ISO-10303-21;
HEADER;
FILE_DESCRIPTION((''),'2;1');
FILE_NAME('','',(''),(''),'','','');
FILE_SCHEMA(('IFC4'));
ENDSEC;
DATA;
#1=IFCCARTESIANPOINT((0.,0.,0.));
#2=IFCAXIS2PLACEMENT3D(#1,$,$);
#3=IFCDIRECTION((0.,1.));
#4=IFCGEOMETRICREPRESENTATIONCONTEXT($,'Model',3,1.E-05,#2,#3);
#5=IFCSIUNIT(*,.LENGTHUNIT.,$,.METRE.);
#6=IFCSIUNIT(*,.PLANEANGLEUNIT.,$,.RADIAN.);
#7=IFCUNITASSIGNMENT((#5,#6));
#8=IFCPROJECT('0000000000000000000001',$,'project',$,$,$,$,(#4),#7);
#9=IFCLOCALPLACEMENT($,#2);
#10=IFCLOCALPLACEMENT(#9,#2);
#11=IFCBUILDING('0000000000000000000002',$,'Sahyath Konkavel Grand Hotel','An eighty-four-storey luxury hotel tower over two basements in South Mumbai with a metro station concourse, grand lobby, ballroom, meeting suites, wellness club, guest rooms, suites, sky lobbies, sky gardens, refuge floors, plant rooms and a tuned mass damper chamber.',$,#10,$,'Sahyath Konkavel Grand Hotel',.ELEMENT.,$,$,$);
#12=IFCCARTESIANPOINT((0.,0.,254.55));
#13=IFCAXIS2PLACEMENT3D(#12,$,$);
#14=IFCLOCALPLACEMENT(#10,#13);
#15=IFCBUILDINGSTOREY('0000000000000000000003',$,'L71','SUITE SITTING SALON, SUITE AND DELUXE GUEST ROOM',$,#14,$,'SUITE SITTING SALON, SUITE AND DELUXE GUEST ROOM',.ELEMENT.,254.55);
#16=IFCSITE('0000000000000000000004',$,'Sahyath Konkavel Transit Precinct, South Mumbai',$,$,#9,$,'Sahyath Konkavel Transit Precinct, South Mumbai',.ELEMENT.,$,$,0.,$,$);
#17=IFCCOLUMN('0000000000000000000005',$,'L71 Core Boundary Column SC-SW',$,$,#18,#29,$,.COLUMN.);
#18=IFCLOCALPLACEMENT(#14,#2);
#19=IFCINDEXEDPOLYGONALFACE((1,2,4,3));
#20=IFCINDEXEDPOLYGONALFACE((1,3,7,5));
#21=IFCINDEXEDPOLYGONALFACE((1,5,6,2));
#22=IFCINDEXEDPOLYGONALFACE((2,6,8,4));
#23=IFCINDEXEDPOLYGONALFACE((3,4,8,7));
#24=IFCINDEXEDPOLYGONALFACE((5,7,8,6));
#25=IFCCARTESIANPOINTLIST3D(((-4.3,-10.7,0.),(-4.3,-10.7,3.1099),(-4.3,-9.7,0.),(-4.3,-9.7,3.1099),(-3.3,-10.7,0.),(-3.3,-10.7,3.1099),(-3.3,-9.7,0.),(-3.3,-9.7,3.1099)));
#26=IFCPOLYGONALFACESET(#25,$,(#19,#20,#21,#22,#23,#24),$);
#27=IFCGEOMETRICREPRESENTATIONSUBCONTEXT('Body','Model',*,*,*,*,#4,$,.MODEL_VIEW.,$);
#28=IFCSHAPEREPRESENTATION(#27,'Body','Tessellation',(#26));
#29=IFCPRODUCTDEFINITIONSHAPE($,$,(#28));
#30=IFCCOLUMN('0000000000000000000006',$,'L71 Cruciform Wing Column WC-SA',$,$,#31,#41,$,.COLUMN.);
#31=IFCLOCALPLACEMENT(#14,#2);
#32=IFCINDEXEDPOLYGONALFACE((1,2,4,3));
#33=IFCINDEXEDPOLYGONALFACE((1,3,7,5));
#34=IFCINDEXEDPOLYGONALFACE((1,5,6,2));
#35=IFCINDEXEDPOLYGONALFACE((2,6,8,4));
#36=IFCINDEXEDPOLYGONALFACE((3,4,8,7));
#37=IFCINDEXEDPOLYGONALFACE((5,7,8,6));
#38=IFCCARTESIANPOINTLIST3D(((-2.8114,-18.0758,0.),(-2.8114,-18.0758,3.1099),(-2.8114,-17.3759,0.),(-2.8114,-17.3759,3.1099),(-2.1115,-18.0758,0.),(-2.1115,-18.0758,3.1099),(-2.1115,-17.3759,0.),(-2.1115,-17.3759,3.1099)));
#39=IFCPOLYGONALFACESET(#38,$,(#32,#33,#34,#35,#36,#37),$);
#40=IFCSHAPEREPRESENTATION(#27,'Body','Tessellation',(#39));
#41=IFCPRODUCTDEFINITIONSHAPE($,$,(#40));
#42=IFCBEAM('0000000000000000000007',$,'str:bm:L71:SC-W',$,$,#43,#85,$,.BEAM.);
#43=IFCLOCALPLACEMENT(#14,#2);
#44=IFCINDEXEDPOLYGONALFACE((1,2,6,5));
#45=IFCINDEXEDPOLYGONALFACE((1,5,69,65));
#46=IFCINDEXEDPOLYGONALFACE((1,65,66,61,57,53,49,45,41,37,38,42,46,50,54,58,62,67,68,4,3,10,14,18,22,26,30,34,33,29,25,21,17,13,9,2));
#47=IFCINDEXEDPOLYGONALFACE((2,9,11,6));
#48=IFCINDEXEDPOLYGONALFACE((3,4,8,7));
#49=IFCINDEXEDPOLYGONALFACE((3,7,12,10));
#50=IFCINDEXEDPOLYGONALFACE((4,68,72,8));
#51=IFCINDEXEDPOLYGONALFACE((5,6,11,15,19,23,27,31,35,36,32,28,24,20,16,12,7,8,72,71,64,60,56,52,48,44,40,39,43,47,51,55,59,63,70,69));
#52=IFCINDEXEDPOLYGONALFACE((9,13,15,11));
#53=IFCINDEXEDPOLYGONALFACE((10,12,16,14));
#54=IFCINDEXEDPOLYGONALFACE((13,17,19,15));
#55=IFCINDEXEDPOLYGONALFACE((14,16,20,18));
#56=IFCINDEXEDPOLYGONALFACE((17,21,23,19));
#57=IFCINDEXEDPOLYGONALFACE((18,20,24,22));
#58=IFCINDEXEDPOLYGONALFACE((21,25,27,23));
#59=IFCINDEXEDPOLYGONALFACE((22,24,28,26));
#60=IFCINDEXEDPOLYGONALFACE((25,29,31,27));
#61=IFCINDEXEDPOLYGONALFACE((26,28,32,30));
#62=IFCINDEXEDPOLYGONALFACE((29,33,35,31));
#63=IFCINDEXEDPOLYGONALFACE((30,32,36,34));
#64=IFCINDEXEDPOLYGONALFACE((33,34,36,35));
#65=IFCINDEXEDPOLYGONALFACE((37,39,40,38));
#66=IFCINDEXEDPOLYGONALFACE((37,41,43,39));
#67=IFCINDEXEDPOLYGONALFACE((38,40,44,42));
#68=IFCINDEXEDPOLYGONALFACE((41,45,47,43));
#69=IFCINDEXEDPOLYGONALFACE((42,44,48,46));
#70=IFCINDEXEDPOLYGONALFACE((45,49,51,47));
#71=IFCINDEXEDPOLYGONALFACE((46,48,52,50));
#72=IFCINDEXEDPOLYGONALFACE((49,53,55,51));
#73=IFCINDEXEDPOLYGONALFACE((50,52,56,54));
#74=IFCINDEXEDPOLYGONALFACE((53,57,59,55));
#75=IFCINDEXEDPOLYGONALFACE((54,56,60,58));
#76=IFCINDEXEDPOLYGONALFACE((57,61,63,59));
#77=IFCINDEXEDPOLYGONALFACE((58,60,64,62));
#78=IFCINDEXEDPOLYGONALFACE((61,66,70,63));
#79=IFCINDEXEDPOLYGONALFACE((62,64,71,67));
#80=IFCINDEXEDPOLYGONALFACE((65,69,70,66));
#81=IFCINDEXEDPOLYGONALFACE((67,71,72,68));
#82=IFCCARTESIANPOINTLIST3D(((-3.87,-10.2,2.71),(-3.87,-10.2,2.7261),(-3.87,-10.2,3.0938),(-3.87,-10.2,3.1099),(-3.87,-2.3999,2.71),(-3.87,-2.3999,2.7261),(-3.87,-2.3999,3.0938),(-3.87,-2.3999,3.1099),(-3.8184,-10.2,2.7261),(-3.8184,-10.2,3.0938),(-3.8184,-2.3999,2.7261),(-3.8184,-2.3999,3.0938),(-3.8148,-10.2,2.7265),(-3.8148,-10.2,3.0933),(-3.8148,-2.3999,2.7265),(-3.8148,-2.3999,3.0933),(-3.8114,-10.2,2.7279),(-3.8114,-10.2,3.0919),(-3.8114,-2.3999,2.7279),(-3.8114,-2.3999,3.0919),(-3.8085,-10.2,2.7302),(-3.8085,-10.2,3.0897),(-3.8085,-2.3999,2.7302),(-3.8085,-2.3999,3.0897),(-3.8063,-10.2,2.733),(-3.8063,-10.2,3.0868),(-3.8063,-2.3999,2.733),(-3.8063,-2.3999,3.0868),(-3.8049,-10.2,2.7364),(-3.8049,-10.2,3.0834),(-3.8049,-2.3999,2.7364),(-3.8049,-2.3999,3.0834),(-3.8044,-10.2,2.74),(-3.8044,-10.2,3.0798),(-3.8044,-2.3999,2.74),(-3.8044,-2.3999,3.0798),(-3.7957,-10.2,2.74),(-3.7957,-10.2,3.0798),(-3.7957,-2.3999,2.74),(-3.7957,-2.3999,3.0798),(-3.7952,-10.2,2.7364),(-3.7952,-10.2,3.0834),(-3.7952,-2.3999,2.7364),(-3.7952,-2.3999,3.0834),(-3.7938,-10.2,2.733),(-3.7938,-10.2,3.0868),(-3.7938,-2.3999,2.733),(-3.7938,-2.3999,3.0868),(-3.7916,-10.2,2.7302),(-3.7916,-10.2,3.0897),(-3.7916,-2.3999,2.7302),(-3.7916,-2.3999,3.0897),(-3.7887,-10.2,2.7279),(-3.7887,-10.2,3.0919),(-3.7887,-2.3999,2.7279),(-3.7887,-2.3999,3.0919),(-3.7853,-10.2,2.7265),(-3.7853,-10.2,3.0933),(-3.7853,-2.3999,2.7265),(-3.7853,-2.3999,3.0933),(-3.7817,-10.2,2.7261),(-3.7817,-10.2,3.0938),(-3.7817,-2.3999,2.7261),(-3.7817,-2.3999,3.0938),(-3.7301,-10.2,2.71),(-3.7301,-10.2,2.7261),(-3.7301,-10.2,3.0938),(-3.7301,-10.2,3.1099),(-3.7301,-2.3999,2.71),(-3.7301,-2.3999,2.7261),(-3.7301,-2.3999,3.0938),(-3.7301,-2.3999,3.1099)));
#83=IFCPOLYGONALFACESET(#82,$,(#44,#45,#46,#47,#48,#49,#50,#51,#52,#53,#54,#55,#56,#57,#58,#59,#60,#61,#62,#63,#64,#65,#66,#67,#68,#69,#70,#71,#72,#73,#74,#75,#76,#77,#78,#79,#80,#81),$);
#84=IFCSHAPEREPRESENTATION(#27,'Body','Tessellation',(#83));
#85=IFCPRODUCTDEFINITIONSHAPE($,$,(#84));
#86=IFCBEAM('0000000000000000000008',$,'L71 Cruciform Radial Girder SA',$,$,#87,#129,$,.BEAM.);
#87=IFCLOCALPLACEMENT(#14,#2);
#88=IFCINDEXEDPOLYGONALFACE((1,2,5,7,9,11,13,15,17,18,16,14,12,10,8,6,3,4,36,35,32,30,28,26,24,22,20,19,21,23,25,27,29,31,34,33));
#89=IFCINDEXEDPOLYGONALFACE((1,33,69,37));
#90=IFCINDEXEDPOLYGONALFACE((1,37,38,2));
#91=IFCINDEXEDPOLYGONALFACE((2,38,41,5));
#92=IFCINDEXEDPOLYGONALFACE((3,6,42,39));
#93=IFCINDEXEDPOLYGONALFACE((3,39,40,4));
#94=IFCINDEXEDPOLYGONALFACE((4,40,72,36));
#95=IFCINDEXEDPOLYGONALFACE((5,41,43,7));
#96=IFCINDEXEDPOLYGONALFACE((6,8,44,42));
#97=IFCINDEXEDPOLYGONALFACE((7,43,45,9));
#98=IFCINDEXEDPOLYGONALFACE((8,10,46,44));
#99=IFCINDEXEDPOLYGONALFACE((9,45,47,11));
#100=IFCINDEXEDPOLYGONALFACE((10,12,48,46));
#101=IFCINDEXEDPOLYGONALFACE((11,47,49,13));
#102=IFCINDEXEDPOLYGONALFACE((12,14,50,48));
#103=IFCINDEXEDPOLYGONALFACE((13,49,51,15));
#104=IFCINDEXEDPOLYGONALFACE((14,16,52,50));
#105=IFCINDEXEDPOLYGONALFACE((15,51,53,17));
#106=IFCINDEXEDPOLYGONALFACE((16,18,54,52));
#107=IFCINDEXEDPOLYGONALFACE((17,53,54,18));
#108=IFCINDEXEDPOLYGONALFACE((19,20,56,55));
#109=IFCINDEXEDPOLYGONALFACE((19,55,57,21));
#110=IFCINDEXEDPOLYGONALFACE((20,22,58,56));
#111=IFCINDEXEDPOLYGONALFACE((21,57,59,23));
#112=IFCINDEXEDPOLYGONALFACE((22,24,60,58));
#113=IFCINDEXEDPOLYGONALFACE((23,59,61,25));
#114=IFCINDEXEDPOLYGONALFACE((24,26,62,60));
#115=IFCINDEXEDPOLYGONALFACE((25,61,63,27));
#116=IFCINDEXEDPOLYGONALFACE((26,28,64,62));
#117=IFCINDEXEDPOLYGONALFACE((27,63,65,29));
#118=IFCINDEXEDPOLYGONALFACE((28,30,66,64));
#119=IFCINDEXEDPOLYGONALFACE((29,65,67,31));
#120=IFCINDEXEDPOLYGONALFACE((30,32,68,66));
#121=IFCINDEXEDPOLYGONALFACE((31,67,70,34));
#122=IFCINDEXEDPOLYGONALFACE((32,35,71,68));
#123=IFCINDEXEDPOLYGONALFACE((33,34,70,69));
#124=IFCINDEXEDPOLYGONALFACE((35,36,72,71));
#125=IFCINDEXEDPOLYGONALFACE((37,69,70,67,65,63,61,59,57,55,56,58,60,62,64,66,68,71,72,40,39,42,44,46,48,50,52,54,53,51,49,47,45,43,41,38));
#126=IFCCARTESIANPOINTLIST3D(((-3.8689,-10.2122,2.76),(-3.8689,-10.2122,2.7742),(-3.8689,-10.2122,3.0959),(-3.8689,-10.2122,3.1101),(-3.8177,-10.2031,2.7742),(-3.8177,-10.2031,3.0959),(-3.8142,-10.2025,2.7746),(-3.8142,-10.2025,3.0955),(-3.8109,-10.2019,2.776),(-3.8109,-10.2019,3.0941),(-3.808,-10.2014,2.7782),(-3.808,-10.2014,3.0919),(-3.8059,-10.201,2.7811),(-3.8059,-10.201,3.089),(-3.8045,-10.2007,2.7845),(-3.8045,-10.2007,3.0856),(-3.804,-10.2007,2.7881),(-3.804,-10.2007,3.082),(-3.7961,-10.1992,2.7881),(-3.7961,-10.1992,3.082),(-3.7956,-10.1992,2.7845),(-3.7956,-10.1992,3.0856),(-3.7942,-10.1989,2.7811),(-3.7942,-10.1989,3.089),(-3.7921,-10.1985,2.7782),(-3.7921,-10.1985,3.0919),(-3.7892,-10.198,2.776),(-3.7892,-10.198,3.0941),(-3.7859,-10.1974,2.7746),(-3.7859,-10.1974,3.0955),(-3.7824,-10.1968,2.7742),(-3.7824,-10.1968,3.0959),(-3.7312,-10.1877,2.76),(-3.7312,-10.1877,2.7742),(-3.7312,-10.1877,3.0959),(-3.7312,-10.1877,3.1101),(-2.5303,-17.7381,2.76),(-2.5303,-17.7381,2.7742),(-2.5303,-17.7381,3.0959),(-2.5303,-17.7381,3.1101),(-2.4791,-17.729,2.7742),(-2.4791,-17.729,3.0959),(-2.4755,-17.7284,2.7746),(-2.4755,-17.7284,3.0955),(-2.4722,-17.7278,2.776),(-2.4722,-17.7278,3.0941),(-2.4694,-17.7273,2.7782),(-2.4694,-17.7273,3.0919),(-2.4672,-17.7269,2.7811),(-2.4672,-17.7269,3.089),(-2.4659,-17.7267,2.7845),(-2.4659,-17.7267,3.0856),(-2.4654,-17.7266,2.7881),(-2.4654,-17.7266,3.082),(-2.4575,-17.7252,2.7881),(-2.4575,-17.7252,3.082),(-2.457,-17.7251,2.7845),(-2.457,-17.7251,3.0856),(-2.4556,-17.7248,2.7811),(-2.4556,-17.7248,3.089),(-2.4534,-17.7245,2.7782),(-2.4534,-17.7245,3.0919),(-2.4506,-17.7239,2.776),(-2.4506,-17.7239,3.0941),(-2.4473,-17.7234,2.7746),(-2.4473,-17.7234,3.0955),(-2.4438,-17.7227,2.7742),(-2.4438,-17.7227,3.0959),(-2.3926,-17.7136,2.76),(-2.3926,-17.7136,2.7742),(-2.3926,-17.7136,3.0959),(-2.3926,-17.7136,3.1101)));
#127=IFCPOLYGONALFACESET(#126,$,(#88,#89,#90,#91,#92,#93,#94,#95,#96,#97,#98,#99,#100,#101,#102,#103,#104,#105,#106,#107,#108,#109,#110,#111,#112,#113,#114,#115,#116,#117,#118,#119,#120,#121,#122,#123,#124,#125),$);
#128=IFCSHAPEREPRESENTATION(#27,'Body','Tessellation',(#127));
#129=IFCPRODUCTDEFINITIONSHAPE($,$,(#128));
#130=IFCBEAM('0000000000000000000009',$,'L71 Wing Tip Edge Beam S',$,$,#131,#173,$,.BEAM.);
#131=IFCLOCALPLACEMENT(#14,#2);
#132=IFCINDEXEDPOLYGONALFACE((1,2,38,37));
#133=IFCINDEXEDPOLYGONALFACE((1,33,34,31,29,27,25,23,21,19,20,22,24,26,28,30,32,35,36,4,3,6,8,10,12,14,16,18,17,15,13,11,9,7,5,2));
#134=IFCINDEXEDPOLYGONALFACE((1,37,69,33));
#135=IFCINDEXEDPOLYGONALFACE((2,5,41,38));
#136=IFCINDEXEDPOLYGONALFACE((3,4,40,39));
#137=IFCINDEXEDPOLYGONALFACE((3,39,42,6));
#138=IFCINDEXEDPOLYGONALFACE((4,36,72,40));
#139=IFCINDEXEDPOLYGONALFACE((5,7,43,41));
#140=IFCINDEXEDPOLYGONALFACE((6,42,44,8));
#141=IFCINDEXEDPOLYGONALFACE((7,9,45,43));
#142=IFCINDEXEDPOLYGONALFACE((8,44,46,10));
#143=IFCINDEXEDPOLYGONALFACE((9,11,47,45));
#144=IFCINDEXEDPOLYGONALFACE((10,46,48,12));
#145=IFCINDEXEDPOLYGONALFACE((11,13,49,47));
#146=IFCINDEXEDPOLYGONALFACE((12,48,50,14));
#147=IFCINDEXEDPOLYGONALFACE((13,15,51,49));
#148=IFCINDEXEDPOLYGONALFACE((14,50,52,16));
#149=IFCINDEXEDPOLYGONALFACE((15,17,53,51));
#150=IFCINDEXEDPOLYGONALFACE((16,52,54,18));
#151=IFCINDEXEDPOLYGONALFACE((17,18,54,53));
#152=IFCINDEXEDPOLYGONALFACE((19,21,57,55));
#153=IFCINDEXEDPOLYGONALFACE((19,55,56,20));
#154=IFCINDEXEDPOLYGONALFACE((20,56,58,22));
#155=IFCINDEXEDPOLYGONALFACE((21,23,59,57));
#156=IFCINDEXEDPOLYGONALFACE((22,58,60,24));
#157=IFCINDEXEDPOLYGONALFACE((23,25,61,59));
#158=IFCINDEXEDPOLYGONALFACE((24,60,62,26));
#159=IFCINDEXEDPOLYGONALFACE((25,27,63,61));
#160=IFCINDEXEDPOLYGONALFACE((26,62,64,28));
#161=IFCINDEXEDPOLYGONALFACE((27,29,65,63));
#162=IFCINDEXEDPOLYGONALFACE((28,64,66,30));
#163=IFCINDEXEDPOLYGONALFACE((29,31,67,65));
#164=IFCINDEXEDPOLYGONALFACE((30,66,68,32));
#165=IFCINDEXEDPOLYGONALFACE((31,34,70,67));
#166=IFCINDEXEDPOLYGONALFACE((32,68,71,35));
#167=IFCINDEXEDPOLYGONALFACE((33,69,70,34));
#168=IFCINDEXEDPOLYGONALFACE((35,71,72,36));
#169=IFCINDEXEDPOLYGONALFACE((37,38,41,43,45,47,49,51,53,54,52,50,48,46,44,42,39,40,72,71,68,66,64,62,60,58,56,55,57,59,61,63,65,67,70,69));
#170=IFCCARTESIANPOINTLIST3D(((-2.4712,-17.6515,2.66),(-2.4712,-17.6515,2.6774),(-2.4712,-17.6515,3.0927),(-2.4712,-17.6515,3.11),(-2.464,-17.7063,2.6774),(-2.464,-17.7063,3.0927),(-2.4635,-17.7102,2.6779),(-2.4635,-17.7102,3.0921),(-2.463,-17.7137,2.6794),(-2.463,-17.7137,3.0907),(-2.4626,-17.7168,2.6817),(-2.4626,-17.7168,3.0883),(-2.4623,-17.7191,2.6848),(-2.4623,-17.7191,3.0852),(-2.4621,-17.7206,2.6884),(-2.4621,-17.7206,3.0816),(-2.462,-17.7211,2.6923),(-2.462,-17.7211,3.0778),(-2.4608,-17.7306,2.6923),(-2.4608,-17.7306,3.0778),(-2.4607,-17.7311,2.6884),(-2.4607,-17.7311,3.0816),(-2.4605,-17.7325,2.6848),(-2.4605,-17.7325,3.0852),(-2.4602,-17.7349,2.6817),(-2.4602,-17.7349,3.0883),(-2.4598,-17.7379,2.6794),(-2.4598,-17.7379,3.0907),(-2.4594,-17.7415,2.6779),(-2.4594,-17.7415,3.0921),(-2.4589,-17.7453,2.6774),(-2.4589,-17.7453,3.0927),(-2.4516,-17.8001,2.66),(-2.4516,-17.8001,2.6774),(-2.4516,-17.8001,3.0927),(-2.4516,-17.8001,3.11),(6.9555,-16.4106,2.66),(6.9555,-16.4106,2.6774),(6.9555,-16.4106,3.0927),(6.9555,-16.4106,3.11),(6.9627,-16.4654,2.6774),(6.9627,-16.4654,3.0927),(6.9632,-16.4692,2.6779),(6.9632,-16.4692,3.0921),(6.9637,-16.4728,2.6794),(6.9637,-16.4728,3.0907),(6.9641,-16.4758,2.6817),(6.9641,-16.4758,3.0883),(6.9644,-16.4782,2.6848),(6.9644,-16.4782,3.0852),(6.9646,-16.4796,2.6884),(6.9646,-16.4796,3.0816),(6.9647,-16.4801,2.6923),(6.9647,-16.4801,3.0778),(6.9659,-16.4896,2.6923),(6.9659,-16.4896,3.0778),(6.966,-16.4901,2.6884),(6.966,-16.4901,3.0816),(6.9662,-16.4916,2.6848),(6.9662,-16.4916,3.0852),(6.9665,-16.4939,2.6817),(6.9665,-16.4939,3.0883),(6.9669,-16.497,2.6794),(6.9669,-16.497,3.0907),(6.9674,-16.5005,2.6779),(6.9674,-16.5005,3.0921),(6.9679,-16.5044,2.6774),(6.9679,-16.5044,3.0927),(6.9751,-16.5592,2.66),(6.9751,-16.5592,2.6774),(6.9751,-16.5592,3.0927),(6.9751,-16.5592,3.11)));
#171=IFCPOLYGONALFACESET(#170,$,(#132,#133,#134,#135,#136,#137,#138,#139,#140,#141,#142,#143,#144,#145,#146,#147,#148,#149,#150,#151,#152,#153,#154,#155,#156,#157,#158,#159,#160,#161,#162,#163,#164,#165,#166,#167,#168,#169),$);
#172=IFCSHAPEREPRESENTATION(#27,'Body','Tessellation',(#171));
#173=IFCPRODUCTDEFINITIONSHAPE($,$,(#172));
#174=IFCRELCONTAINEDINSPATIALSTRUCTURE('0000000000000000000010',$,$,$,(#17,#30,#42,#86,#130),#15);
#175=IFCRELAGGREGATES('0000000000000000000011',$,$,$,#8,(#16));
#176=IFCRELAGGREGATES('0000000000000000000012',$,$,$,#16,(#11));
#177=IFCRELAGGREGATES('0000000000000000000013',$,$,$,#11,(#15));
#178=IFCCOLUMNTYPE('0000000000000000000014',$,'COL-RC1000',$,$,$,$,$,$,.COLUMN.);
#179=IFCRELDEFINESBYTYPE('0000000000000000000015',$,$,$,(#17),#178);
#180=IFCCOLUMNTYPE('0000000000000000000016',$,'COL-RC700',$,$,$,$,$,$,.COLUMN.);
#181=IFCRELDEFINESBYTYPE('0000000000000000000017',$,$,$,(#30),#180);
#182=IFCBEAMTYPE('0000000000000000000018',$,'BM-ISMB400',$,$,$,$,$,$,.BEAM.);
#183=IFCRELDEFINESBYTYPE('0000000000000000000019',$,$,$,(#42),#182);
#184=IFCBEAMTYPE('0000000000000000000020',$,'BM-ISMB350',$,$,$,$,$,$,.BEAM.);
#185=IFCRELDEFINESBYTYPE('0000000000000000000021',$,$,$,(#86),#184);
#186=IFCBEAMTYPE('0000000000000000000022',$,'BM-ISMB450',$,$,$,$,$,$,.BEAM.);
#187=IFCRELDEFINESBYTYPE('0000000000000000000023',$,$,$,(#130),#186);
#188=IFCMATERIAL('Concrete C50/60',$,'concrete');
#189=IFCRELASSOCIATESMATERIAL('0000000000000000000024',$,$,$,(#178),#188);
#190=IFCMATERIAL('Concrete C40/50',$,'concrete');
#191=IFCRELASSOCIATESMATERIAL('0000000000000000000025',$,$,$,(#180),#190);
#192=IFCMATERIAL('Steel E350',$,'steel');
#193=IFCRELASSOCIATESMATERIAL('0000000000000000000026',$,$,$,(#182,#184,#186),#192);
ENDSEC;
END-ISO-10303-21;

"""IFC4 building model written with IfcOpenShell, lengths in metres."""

from ifc_helpers import new_model, si_unit, direction, frame, origin, origin_2d, place, context, subcontext, project, spatial, rectangle, i_section, extrude, source, transform, mapped, material, material_profile, profile_set, type_object, element, save


model = new_model("IFC4")

# Units and contexts
model_context = context("Model", 3, precision=1e-05, world=origin(), true_north=direction((0.0, 1.0)))
body_context = subcontext(model_context, "Body", "Model", "MODEL_VIEW")
ifc_project = project(units=[si_unit("LENGTHUNIT", "METRE"), si_unit("PLANEANGLEUNIT", "RADIAN")], contexts=[model_context])

# Site, building, storey
site_placement = place(None, origin())
site = spatial("IfcSite", under=ifc_project, at=site_placement, Name="Sahyath Konkavel Transit Precinct, South Mumbai", LongName="Sahyath Konkavel Transit Precinct, South Mumbai", CompositionType="ELEMENT", RefElevation=0.0)
building_placement = place(site_placement, origin())
building = spatial("IfcBuilding", under=site, at=building_placement, Name="Sahyath Konkavel Grand Hotel", Description="An eighty-four-storey luxury hotel tower over two basements in South Mumbai with a metro station concourse, grand lobby, ballroom, meeting suites, wellness club, guest rooms, suites, sky lobbies, sky gardens, refuge floors, plant rooms and a tuned mass damper chamber.", LongName="Sahyath Konkavel Grand Hotel", CompositionType="ELEMENT")
storey_placement = place(building_placement, frame((0.0, 0.0, 254.55)))
storey = spatial("IfcBuildingStorey", under=building, at=storey_placement, Name="L71", Description="SUITE SITTING SALON, SUITE AND DELUXE GUEST ROOM", LongName="SUITE SITTING SALON, SUITE AND DELUXE GUEST ROOM", CompositionType="ELEMENT", Elevation=254.55)

# Columns
ifc_material_1 = material(Name="Concrete C50/60", Category="concrete")
ifc_material_profile_1 = material_profile(ifc_material_1, rectangle(XDim=1.0, YDim=1.0, at=origin_2d()), Name="RC 1000x1000")
ifc_profile_set_1 = profile_set([ifc_material_profile_1], Name="Concrete C50/60")
column_type_1 = type_object("IfcColumnType", Name="COL-RC1000", PredefinedType="COLUMN", material=ifc_profile_set_1)
shared_shape_1 = source(origin(), body_context, "Body", "SweptSolid", [
    extrude(rectangle(XDim=1.0, YDim=1.0, at=origin_2d()), origin(), (0.0, 0.0, 1.0), 3.1099),
])
column_1_placement = place(storey_placement, frame((-3.8, -10.2, 0.0), z_axis=(0.0, 0.0, 1.0), x_axis=(1.0, 0.0, 0.0)))
element("IfcColumn", 1, at=column_1_placement, inside=storey, type_object=column_type_1, Name="L71 Core Boundary Column SC-SW", PredefinedType="COLUMN", context=body_context, shape_type="MappedRepresentation", body=[
    mapped(shared_shape_1, transform((0.0, 0.0, 0.0), scale=1.0)),
])
ifc_material_2 = material(Name="Concrete C40/50", Category="concrete")
ifc_material_profile_2 = material_profile(ifc_material_2, rectangle(XDim=0.7, YDim=0.7, at=origin_2d()), Name="RC 700x700")
ifc_profile_set_2 = profile_set([ifc_material_profile_2], Name="Concrete C40/50")
column_type_2 = type_object("IfcColumnType", Name="COL-RC700", PredefinedType="COLUMN", material=ifc_profile_set_2)
shared_shape_2 = source(origin(), body_context, "Body", "SweptSolid", [
    extrude(rectangle(XDim=0.7, YDim=0.7, at=origin_2d()), origin(), (0.0, 0.0, 1.0), 3.1099),
])
column_2_placement = place(storey_placement, frame((-2.4614, -17.7258, 0.0), z_axis=(0.0, 0.0, 1.0), x_axis=(1.0, 0.0, 0.0)))
element("IfcColumn", 2, at=column_2_placement, inside=storey, type_object=column_type_2, Name="L71 Cruciform Wing Column WC-SA", PredefinedType="COLUMN", context=body_context, shape_type="MappedRepresentation", body=[
    mapped(shared_shape_2, transform((0.0, 0.0, 0.0), scale=1.0)),
])

# Beams
ifc_material_3 = material(Name="Steel E350", Category="steel")
ifc_material_profile_3 = material_profile(ifc_material_3, i_section(OverallWidth=0.1399, OverallDepth=0.3999, WebThickness=0.0088, FlangeThickness=0.0161, FilletRadius=0.0139, at=origin_2d()), Name="ISMB 400")
ifc_profile_set_3 = profile_set([ifc_material_profile_3], Name="Steel E350")
beam_type_1 = type_object("IfcBeamType", Name="BM-ISMB400", PredefinedType="BEAM", material=ifc_profile_set_3)
shared_shape_3 = source(origin(), body_context, "Body", "SweptSolid", [
    extrude(i_section(OverallWidth=0.1399, OverallDepth=0.3999, WebThickness=0.0088, FlangeThickness=0.0161, FilletRadius=0.0139, at=origin_2d()), origin(), (0.0, 0.0, 1.0), 7.8),
])
beam_1_placement = place(storey_placement, frame((-3.8, -10.2, 2.9099), z_axis=(0.0, 1.0, 0.0), x_axis=(-1.0, 0.0, 0.0)))
element("IfcBeam", 3, at=beam_1_placement, inside=storey, type_object=beam_type_1, Name="str:bm:L71:SC-W", PredefinedType="BEAM", context=body_context, shape_type="MappedRepresentation", body=[
    mapped(shared_shape_3, transform((0.0, 0.0, 0.0), scale=1.0)),
])
ifc_material_profile_4 = material_profile(ifc_material_3, i_section(OverallWidth=0.1399, OverallDepth=0.3501, WebThickness=0.0081, FlangeThickness=0.0142, FilletRadius=0.0139, at=origin_2d()), Name="ISMB 350")
ifc_profile_set_4 = profile_set([ifc_material_profile_4], Name="Steel E350")
beam_type_2 = type_object("IfcBeamType", Name="BM-ISMB350", PredefinedType="BEAM", material=ifc_profile_set_4)
shared_shape_4 = source(origin(), body_context, "Body", "SweptSolid", [
    extrude(i_section(OverallWidth=0.1399, OverallDepth=0.3501, WebThickness=0.0081, FlangeThickness=0.0142, FilletRadius=0.0139, at=origin_2d()), origin(), (0.0, 0.0, 1.0), 7.644),
])
beam_2_placement = place(storey_placement, frame((-3.8, -10.2, 2.9351), z_axis=(0.175121, -0.984547, 0.0), x_axis=(0.984547, 0.175121, 0.0)))
element("IfcBeam", 4, at=beam_2_placement, inside=storey, type_object=beam_type_2, Name="L71 Cruciform Radial Girder SA", PredefinedType="BEAM", context=body_context, shape_type="MappedRepresentation", body=[
    mapped(shared_shape_4, transform((0.0, 0.0, 0.0), scale=1.0)),
])
ifc_material_profile_5 = material_profile(ifc_material_3, i_section(OverallWidth=0.1499, OverallDepth=0.45, WebThickness=0.0095, FlangeThickness=0.0173, FilletRadius=0.0149, at=origin_2d()), Name="ISMB 450")
ifc_profile_set_5 = profile_set([ifc_material_profile_5], Name="Steel E350")
beam_type_3 = type_object("IfcBeamType", Name="BM-ISMB450", PredefinedType="BEAM", material=ifc_profile_set_5)
shared_shape_5 = source(origin(), body_context, "Body", "SweptSolid", [
    extrude(i_section(OverallWidth=0.1499, OverallDepth=0.45, WebThickness=0.0095, FlangeThickness=0.0173, FilletRadius=0.0149, at=origin_2d()), origin(), (0.0, 0.0, 1.0), 9.5081),
])
beam_3_placement = place(storey_placement, frame((-2.4614, -17.7258, 2.885), z_axis=(0.991446, 0.130517, 0.0), x_axis=(-0.130517, 0.991446, 0.0)))
element("IfcBeam", 5, at=beam_3_placement, inside=storey, type_object=beam_type_3, Name="L71 Wing Tip Edge Beam S", PredefinedType="BEAM", context=body_context, shape_type="MappedRepresentation", body=[
    mapped(shared_shape_5, transform((0.0, 0.0, 0.0), scale=1.0)),
])

save(model, "model.ifc")
